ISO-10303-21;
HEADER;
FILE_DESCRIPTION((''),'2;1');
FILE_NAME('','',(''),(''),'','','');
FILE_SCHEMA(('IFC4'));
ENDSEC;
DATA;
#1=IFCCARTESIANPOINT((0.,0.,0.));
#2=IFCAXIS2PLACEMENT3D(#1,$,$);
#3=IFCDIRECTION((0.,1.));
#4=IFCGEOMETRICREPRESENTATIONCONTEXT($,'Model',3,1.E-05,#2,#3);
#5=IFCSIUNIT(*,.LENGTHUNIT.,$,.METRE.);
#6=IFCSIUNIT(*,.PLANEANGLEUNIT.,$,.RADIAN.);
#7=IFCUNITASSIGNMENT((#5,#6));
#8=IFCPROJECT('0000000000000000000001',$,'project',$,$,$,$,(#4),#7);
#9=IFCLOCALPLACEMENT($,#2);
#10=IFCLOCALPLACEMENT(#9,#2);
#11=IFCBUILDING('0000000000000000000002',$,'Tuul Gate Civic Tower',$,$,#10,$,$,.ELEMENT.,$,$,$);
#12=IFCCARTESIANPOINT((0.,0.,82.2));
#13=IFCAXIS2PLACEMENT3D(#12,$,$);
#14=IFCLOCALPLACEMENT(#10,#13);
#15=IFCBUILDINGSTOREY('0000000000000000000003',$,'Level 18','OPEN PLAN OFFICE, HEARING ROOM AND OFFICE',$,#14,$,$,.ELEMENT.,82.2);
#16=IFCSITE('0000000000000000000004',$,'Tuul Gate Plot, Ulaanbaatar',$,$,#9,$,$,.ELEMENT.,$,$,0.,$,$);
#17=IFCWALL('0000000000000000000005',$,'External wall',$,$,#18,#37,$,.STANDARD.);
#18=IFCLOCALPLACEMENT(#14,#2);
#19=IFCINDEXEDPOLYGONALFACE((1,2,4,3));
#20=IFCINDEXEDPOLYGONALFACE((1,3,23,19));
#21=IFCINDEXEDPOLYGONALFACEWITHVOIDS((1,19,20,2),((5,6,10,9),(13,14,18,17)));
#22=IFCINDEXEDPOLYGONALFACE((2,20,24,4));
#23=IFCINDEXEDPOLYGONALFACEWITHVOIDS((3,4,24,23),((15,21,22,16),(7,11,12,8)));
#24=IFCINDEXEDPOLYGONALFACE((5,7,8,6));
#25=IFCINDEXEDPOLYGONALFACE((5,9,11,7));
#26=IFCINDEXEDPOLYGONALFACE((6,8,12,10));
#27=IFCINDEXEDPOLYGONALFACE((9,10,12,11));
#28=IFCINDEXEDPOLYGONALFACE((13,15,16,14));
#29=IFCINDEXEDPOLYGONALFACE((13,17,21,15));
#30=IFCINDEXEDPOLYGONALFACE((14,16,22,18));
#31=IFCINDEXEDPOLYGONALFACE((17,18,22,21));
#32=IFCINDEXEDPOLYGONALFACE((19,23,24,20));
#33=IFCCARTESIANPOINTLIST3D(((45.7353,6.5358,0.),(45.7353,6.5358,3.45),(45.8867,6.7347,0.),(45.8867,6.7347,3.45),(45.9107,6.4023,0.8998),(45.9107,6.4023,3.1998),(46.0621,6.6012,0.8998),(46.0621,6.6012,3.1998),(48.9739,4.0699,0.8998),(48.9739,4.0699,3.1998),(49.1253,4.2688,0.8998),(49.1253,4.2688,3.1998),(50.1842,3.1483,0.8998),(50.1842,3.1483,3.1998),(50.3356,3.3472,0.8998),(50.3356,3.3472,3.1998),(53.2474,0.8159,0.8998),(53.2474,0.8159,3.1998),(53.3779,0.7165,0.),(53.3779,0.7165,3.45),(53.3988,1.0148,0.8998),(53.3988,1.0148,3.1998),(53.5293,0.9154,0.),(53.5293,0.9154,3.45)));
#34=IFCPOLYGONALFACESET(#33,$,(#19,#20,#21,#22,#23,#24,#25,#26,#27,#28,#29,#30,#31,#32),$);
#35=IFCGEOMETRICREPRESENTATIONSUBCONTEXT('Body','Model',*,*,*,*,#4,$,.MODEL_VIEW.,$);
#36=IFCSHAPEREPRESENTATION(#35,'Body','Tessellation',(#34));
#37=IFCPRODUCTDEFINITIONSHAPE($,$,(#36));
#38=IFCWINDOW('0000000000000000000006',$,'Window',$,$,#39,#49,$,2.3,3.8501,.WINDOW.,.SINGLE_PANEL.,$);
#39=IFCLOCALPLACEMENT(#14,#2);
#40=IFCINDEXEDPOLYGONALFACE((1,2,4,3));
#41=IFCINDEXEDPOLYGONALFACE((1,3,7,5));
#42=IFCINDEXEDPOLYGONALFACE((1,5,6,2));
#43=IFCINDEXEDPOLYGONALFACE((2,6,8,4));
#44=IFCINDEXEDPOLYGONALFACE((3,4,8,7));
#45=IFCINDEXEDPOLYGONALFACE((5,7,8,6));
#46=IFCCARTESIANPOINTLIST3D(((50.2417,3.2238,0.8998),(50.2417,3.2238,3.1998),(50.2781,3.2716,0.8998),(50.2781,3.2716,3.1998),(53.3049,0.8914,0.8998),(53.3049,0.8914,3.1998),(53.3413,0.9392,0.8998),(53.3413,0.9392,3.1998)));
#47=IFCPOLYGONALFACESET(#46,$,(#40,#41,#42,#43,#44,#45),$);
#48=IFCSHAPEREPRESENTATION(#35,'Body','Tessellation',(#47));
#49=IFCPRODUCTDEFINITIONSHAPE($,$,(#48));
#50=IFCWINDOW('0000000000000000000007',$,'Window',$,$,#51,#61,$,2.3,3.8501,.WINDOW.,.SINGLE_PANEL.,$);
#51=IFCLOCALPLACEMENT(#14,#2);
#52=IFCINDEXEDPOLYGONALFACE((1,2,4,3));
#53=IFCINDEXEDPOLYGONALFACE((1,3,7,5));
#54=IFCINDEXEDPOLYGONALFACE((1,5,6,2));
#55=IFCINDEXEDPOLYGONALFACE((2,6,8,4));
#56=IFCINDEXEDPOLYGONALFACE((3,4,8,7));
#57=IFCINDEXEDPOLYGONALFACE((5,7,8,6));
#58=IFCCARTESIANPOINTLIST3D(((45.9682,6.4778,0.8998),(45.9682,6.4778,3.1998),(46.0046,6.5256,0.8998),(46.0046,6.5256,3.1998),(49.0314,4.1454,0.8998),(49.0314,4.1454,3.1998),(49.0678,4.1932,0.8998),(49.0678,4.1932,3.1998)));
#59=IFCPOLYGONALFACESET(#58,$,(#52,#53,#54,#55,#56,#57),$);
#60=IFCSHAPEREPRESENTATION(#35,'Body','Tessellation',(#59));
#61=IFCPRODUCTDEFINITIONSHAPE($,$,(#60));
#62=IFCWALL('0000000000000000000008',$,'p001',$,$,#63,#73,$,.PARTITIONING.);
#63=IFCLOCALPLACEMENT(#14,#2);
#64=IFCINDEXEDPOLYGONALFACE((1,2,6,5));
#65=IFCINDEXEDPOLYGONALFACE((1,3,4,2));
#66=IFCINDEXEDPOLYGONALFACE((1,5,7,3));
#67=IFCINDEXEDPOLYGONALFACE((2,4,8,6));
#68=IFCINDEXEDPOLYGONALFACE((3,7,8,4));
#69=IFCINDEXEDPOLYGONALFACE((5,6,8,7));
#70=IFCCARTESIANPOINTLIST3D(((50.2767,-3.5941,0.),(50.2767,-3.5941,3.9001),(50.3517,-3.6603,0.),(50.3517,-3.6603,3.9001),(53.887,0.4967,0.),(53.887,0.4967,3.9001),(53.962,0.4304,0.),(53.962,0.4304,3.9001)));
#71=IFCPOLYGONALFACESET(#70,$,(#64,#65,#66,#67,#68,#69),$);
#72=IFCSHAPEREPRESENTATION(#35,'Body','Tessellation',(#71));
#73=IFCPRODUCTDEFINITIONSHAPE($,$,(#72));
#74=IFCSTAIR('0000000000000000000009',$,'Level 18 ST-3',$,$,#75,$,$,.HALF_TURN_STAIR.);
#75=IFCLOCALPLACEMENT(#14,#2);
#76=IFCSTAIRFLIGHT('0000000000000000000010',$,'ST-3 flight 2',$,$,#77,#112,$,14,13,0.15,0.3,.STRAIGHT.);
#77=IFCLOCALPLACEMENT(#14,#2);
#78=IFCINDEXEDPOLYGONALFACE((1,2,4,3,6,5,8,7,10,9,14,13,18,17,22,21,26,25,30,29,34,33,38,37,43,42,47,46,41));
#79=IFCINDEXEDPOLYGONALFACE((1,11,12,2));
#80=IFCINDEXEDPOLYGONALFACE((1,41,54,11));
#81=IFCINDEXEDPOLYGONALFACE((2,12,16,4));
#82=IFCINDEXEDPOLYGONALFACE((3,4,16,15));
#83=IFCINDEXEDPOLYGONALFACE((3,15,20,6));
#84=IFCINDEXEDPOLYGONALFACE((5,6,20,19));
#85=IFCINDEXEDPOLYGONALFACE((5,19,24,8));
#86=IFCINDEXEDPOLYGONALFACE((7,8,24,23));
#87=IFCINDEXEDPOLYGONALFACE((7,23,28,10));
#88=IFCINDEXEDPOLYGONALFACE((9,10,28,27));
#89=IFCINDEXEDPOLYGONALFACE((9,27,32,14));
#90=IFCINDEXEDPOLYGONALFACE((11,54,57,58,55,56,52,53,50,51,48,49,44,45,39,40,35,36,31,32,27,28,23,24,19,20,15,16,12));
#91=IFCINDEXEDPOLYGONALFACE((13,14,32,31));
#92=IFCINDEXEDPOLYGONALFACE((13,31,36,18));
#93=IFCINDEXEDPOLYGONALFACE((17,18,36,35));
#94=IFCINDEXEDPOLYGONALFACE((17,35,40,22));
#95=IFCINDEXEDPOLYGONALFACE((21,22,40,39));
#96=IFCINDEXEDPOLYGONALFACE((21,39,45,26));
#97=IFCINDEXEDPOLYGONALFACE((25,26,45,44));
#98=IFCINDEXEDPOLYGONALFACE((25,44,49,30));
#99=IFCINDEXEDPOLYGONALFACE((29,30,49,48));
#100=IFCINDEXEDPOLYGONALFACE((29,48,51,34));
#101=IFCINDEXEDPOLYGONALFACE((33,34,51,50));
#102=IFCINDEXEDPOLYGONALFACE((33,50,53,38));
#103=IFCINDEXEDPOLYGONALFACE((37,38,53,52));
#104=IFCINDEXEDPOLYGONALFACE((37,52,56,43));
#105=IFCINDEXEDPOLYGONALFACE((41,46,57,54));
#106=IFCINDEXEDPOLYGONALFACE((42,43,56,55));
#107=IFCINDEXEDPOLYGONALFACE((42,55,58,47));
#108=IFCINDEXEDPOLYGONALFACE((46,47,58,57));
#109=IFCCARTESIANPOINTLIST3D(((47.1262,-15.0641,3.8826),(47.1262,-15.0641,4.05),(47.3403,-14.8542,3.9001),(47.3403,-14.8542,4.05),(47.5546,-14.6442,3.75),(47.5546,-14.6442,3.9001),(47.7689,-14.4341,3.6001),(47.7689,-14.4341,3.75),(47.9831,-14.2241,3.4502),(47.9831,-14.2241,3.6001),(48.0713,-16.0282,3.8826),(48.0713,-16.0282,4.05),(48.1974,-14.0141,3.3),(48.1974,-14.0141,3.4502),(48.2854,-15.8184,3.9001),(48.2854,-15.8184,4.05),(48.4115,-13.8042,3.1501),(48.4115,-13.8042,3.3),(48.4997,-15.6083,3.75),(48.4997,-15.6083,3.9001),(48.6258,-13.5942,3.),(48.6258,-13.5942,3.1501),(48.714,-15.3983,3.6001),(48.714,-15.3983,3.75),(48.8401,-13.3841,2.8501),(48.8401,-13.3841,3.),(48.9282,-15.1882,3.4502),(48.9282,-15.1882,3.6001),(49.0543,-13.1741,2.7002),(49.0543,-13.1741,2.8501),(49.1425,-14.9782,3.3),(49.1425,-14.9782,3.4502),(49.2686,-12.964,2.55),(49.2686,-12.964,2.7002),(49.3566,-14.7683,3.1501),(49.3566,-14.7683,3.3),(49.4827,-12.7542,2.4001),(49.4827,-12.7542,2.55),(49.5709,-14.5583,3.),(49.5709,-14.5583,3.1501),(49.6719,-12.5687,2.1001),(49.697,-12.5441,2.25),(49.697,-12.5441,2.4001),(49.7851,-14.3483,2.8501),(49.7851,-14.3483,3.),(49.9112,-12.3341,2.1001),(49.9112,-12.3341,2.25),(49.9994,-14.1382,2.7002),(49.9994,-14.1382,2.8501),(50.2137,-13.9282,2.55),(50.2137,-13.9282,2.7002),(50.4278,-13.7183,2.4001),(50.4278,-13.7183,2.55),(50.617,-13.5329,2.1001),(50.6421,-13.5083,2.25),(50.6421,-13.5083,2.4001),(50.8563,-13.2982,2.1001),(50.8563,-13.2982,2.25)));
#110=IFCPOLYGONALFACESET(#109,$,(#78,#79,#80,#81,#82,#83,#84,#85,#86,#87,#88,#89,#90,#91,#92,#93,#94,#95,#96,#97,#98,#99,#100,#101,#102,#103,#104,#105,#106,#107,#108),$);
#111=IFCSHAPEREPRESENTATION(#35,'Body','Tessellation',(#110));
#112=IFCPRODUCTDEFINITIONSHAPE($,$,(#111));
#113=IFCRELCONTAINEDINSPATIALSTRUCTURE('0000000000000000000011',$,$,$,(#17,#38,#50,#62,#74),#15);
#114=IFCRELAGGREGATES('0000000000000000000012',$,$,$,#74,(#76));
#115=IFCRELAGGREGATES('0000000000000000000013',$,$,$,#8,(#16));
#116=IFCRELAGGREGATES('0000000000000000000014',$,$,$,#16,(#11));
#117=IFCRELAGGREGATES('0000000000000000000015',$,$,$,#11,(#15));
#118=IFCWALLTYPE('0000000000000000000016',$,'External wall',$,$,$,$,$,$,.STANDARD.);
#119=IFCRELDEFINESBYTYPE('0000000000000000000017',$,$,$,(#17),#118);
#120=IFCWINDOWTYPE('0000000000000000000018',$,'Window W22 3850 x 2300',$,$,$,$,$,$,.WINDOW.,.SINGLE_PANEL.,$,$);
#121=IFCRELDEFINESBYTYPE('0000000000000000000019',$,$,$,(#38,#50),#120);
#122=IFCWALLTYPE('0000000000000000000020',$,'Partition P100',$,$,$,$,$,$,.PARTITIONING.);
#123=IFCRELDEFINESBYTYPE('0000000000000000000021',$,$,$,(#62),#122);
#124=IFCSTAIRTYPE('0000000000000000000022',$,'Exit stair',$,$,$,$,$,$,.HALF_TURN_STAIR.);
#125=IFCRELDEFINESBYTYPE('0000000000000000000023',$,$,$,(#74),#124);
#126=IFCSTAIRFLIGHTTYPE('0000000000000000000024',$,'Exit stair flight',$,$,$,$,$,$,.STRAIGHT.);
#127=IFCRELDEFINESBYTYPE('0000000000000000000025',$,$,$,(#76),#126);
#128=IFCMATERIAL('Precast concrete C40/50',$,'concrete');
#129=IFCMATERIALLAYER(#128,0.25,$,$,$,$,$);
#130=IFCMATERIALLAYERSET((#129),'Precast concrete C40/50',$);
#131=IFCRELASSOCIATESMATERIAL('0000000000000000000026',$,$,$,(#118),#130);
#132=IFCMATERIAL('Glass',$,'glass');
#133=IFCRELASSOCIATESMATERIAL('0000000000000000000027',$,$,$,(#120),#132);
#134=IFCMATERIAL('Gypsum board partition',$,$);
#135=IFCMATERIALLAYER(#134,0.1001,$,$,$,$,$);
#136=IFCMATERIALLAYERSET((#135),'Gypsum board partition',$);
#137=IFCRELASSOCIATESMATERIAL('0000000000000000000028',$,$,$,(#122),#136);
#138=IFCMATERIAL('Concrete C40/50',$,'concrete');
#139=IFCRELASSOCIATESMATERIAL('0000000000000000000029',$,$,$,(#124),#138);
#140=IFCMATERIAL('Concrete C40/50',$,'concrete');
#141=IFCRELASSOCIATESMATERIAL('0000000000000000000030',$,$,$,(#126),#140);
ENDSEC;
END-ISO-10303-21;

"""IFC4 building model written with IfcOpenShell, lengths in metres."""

from ifc_helpers import new_model, si_unit, direction, frame, frame_2d, origin, place, context, subcontext, project, spatial, polyline, rectangle, outline, extrude, material, layer, layer_set, type_object, element, fill, aggregate, save


model = new_model("IFC4")

# Units and contexts
model_context = context("Model", 3, precision=1e-05, world=origin(), true_north=direction((0.0, 1.0)))
body_context = subcontext(model_context, "Body", "Model", "MODEL_VIEW")
ifc_project = project(units=[si_unit("LENGTHUNIT", "METRE"), si_unit("PLANEANGLEUNIT", "RADIAN")], contexts=[model_context])

# Site, building, storey
site_placement = place(None, origin())
site = spatial("IfcSite", under=ifc_project, at=site_placement, Name="Tuul Gate Plot, Ulaanbaatar", CompositionType="ELEMENT", RefElevation=0.0)
building_placement = place(site_placement, origin())
building = spatial("IfcBuilding", under=site, at=building_placement, Name="Tuul Gate Civic Tower", CompositionType="ELEMENT")
storey_placement = place(building_placement, frame((0.0, 0.0, 82.2)))
storey = spatial("IfcBuildingStorey", under=building, at=storey_placement, Name="Level 18", Description="OPEN PLAN OFFICE, HEARING ROOM AND OFFICE", CompositionType="ELEMENT", Elevation=82.2)

# Wall, openings, windows
ifc_material_1 = material(Name="Precast concrete C40/50", Category="concrete")
ifc_layer_1 = layer(ifc_material_1, 0.25)
ifc_layer_set_1 = layer_set([ifc_layer_1], Name="Precast concrete C40/50")
wall_type_1 = type_object("IfcWallType", Name="External wall", PredefinedType="STANDARD", material=ifc_layer_set_1)
ifc_material_2 = material(Name="Glass", Category="glass")
window_type = type_object("IfcWindowType", Name="Window W22 3850 x 2300", PartitioningType="SINGLE_PANEL", PredefinedType="WINDOW", material=ifc_material_2)
wall_1_placement = place(storey_placement, frame((53.4536, 0.8159, 0.0), z_axis=(0.0, 0.0, 1.0), x_axis=(-0.795611, 0.605807, 0.0)))
wall_1 = element("IfcWall", 1, at=wall_1_placement, inside=storey, type_object=wall_type_1, Name="External wall", PredefinedType="STANDARD", context=body_context, shape_type="SweptSolid", body=[
    extrude(rectangle(XDim=9.606, YDim=0.25, at=frame_2d((4.803, 0.0))), origin(), (0.0, 0.0, 1.0), 3.45),
])
opening_1_placement = place(wall_1_placement, frame((0.1641, 0.0, 0.8999)))
opening_1 = element("IfcOpeningElement", 2, at=opening_1_placement, cuts=wall_1, PredefinedType="OPENING", context=body_context, shape_type="SweptSolid", body=[
    extrude(rectangle(XDim=3.8501, YDim=2.3, at=frame_2d((1.925, 1.1499))), frame((0.0, 0.135, 0.0), z_axis=(0.0, -1.0, 0.0), x_axis=(1.0, 0.0, 0.0)), (0.0, 0.0, 1.0), 0.27),
])
opening_2_placement = place(wall_1_placement, frame((5.5354, 0.0, 0.8999)))
opening_2 = element("IfcOpeningElement", 3, at=opening_2_placement, cuts=wall_1, PredefinedType="OPENING", context=body_context, shape_type="SweptSolid", body=[
    extrude(rectangle(XDim=3.8501, YDim=2.3, at=frame_2d((1.925, 1.1499))), frame((0.0, 0.135, 0.0), z_axis=(0.0, -1.0, 0.0), x_axis=(1.0, 0.0, 0.0)), (0.0, 0.0, 1.0), 0.27),
])
window_1_placement = place(opening_1_placement, origin())
window_1 = element("IfcWindow", 4, at=window_1_placement, inside=storey, type_object=window_type, Name="Window", OverallHeight=2.3, OverallWidth=3.8501, PartitioningType="SINGLE_PANEL", PredefinedType="WINDOW", context=body_context, shape_type="SweptSolid", body=[
    extrude(rectangle(XDim=3.8501, YDim=2.3, at=frame_2d((1.925, 1.1499))), frame((0.0, 0.03, 0.0), z_axis=(0.0, -1.0, 0.0), x_axis=(1.0, 0.0, 0.0)), (0.0, 0.0, 1.0), 0.0601),
])
fill(opening_1, window_1)
window_2_placement = place(opening_2_placement, origin())
window_2 = element("IfcWindow", 5, at=window_2_placement, inside=storey, type_object=window_type, Name="Window", OverallHeight=2.3, OverallWidth=3.8501, PartitioningType="SINGLE_PANEL", PredefinedType="WINDOW", context=body_context, shape_type="SweptSolid", body=[
    extrude(rectangle(XDim=3.8501, YDim=2.3, at=frame_2d((1.925, 1.1499))), frame((0.0, 0.03, 0.0), z_axis=(0.0, -1.0, 0.0), x_axis=(1.0, 0.0, 0.0)), (0.0, 0.0, 1.0), 0.0601),
])
fill(opening_2, window_2)

# Wall
ifc_material_3 = material(Name="Gypsum board partition")
ifc_layer_2 = layer(ifc_material_3, 0.1001)
ifc_layer_set_2 = layer_set([ifc_layer_2], Name="Gypsum board partition")
wall_type_2 = type_object("IfcWallType", Name="Partition P100", PredefinedType="PARTITIONING", material=ifc_layer_set_2)
wall_2_placement = place(storey_placement, frame((50.3142, -3.6272, 0.0), z_axis=(0.0, 0.0, 1.0), x_axis=(0.661705, 0.749765, 0.0)))
element("IfcWall", 6, at=wall_2_placement, inside=storey, type_object=wall_type_2, Name="p001", PredefinedType="PARTITIONING", context=body_context, shape_type="SweptSolid", body=[
    extrude(rectangle(XDim=5.4561, YDim=0.1001, at=frame_2d((2.728, 0.0))), origin(), (0.0, 0.0, 1.0), 3.9001),
])

# Stair, stair flight
ifc_material_4 = material(Name="Concrete C40/50", Category="concrete")
stair_type = type_object("IfcStairType", Name="Exit stair", PredefinedType="HALF_TURN_STAIR", material=ifc_material_4)
stair_placement = place(storey_placement, origin())
stair = element("IfcStair", 7, at=stair_placement, inside=storey, type_object=stair_type, Name="Level 18 ST-3", PredefinedType="HALF_TURN_STAIR")
ifc_material_5 = material(Name="Concrete C40/50", Category="concrete")
stair_flight_type = type_object("IfcStairFlightType", Name="Exit stair flight", PredefinedType="STRAIGHT", material=ifc_material_5)
stair_flight_placement = place(storey_placement, frame((50.3838, -12.8162, 2.1001), z_axis=(0.0, 0.0, 1.0), x_axis=(-0.714127, -0.700016, 0.0)))
stair_flight = element("IfcStairFlight", 8, at=stair_flight_placement, type_object=stair_flight_type, Name="ST-3 flight 2", NumberOfRisers=14, NumberOfTreads=13, PredefinedType="STRAIGHT", RiserHeight=0.15, TreadLength=0.3, context=body_context, shape_type="SweptSolid", body=[
    extrude(outline(polyline([(0.0, 0.0), (0.0, 0.1499), (0.3, 0.1499), (0.3, 0.3), (0.6001, 0.3), (0.6001, 0.45), (0.8999, 0.45), (0.8999, 0.6001), (1.2, 0.6001), (1.2, 0.75), (1.5, 0.75), (1.5, 0.8999), (1.8, 0.8999), (1.8, 1.05), (2.1001, 1.05), (2.1001, 1.2), (2.3999, 1.2), (2.3999, 1.3501), (2.7, 1.3501), (2.7, 1.5), (3.0, 1.5), (3.0, 1.6499), (3.3, 1.6499), (3.3, 1.8), (3.6001, 1.8), (3.6001, 1.95), (3.8999, 1.95), (3.8999, 2.1001), (3.8999, 1.7825), (0.3352, 0.0), (0.0, 0.0)])), frame((0.0, 0.675, 0.0), z_axis=(0.0, -1.0, 0.0), x_axis=(1.0, 0.0, 0.0)), (0.0, 0.0, 1.0), 1.3501),
])
aggregate(stair, [stair_flight])

save(model, "model.ifc")
